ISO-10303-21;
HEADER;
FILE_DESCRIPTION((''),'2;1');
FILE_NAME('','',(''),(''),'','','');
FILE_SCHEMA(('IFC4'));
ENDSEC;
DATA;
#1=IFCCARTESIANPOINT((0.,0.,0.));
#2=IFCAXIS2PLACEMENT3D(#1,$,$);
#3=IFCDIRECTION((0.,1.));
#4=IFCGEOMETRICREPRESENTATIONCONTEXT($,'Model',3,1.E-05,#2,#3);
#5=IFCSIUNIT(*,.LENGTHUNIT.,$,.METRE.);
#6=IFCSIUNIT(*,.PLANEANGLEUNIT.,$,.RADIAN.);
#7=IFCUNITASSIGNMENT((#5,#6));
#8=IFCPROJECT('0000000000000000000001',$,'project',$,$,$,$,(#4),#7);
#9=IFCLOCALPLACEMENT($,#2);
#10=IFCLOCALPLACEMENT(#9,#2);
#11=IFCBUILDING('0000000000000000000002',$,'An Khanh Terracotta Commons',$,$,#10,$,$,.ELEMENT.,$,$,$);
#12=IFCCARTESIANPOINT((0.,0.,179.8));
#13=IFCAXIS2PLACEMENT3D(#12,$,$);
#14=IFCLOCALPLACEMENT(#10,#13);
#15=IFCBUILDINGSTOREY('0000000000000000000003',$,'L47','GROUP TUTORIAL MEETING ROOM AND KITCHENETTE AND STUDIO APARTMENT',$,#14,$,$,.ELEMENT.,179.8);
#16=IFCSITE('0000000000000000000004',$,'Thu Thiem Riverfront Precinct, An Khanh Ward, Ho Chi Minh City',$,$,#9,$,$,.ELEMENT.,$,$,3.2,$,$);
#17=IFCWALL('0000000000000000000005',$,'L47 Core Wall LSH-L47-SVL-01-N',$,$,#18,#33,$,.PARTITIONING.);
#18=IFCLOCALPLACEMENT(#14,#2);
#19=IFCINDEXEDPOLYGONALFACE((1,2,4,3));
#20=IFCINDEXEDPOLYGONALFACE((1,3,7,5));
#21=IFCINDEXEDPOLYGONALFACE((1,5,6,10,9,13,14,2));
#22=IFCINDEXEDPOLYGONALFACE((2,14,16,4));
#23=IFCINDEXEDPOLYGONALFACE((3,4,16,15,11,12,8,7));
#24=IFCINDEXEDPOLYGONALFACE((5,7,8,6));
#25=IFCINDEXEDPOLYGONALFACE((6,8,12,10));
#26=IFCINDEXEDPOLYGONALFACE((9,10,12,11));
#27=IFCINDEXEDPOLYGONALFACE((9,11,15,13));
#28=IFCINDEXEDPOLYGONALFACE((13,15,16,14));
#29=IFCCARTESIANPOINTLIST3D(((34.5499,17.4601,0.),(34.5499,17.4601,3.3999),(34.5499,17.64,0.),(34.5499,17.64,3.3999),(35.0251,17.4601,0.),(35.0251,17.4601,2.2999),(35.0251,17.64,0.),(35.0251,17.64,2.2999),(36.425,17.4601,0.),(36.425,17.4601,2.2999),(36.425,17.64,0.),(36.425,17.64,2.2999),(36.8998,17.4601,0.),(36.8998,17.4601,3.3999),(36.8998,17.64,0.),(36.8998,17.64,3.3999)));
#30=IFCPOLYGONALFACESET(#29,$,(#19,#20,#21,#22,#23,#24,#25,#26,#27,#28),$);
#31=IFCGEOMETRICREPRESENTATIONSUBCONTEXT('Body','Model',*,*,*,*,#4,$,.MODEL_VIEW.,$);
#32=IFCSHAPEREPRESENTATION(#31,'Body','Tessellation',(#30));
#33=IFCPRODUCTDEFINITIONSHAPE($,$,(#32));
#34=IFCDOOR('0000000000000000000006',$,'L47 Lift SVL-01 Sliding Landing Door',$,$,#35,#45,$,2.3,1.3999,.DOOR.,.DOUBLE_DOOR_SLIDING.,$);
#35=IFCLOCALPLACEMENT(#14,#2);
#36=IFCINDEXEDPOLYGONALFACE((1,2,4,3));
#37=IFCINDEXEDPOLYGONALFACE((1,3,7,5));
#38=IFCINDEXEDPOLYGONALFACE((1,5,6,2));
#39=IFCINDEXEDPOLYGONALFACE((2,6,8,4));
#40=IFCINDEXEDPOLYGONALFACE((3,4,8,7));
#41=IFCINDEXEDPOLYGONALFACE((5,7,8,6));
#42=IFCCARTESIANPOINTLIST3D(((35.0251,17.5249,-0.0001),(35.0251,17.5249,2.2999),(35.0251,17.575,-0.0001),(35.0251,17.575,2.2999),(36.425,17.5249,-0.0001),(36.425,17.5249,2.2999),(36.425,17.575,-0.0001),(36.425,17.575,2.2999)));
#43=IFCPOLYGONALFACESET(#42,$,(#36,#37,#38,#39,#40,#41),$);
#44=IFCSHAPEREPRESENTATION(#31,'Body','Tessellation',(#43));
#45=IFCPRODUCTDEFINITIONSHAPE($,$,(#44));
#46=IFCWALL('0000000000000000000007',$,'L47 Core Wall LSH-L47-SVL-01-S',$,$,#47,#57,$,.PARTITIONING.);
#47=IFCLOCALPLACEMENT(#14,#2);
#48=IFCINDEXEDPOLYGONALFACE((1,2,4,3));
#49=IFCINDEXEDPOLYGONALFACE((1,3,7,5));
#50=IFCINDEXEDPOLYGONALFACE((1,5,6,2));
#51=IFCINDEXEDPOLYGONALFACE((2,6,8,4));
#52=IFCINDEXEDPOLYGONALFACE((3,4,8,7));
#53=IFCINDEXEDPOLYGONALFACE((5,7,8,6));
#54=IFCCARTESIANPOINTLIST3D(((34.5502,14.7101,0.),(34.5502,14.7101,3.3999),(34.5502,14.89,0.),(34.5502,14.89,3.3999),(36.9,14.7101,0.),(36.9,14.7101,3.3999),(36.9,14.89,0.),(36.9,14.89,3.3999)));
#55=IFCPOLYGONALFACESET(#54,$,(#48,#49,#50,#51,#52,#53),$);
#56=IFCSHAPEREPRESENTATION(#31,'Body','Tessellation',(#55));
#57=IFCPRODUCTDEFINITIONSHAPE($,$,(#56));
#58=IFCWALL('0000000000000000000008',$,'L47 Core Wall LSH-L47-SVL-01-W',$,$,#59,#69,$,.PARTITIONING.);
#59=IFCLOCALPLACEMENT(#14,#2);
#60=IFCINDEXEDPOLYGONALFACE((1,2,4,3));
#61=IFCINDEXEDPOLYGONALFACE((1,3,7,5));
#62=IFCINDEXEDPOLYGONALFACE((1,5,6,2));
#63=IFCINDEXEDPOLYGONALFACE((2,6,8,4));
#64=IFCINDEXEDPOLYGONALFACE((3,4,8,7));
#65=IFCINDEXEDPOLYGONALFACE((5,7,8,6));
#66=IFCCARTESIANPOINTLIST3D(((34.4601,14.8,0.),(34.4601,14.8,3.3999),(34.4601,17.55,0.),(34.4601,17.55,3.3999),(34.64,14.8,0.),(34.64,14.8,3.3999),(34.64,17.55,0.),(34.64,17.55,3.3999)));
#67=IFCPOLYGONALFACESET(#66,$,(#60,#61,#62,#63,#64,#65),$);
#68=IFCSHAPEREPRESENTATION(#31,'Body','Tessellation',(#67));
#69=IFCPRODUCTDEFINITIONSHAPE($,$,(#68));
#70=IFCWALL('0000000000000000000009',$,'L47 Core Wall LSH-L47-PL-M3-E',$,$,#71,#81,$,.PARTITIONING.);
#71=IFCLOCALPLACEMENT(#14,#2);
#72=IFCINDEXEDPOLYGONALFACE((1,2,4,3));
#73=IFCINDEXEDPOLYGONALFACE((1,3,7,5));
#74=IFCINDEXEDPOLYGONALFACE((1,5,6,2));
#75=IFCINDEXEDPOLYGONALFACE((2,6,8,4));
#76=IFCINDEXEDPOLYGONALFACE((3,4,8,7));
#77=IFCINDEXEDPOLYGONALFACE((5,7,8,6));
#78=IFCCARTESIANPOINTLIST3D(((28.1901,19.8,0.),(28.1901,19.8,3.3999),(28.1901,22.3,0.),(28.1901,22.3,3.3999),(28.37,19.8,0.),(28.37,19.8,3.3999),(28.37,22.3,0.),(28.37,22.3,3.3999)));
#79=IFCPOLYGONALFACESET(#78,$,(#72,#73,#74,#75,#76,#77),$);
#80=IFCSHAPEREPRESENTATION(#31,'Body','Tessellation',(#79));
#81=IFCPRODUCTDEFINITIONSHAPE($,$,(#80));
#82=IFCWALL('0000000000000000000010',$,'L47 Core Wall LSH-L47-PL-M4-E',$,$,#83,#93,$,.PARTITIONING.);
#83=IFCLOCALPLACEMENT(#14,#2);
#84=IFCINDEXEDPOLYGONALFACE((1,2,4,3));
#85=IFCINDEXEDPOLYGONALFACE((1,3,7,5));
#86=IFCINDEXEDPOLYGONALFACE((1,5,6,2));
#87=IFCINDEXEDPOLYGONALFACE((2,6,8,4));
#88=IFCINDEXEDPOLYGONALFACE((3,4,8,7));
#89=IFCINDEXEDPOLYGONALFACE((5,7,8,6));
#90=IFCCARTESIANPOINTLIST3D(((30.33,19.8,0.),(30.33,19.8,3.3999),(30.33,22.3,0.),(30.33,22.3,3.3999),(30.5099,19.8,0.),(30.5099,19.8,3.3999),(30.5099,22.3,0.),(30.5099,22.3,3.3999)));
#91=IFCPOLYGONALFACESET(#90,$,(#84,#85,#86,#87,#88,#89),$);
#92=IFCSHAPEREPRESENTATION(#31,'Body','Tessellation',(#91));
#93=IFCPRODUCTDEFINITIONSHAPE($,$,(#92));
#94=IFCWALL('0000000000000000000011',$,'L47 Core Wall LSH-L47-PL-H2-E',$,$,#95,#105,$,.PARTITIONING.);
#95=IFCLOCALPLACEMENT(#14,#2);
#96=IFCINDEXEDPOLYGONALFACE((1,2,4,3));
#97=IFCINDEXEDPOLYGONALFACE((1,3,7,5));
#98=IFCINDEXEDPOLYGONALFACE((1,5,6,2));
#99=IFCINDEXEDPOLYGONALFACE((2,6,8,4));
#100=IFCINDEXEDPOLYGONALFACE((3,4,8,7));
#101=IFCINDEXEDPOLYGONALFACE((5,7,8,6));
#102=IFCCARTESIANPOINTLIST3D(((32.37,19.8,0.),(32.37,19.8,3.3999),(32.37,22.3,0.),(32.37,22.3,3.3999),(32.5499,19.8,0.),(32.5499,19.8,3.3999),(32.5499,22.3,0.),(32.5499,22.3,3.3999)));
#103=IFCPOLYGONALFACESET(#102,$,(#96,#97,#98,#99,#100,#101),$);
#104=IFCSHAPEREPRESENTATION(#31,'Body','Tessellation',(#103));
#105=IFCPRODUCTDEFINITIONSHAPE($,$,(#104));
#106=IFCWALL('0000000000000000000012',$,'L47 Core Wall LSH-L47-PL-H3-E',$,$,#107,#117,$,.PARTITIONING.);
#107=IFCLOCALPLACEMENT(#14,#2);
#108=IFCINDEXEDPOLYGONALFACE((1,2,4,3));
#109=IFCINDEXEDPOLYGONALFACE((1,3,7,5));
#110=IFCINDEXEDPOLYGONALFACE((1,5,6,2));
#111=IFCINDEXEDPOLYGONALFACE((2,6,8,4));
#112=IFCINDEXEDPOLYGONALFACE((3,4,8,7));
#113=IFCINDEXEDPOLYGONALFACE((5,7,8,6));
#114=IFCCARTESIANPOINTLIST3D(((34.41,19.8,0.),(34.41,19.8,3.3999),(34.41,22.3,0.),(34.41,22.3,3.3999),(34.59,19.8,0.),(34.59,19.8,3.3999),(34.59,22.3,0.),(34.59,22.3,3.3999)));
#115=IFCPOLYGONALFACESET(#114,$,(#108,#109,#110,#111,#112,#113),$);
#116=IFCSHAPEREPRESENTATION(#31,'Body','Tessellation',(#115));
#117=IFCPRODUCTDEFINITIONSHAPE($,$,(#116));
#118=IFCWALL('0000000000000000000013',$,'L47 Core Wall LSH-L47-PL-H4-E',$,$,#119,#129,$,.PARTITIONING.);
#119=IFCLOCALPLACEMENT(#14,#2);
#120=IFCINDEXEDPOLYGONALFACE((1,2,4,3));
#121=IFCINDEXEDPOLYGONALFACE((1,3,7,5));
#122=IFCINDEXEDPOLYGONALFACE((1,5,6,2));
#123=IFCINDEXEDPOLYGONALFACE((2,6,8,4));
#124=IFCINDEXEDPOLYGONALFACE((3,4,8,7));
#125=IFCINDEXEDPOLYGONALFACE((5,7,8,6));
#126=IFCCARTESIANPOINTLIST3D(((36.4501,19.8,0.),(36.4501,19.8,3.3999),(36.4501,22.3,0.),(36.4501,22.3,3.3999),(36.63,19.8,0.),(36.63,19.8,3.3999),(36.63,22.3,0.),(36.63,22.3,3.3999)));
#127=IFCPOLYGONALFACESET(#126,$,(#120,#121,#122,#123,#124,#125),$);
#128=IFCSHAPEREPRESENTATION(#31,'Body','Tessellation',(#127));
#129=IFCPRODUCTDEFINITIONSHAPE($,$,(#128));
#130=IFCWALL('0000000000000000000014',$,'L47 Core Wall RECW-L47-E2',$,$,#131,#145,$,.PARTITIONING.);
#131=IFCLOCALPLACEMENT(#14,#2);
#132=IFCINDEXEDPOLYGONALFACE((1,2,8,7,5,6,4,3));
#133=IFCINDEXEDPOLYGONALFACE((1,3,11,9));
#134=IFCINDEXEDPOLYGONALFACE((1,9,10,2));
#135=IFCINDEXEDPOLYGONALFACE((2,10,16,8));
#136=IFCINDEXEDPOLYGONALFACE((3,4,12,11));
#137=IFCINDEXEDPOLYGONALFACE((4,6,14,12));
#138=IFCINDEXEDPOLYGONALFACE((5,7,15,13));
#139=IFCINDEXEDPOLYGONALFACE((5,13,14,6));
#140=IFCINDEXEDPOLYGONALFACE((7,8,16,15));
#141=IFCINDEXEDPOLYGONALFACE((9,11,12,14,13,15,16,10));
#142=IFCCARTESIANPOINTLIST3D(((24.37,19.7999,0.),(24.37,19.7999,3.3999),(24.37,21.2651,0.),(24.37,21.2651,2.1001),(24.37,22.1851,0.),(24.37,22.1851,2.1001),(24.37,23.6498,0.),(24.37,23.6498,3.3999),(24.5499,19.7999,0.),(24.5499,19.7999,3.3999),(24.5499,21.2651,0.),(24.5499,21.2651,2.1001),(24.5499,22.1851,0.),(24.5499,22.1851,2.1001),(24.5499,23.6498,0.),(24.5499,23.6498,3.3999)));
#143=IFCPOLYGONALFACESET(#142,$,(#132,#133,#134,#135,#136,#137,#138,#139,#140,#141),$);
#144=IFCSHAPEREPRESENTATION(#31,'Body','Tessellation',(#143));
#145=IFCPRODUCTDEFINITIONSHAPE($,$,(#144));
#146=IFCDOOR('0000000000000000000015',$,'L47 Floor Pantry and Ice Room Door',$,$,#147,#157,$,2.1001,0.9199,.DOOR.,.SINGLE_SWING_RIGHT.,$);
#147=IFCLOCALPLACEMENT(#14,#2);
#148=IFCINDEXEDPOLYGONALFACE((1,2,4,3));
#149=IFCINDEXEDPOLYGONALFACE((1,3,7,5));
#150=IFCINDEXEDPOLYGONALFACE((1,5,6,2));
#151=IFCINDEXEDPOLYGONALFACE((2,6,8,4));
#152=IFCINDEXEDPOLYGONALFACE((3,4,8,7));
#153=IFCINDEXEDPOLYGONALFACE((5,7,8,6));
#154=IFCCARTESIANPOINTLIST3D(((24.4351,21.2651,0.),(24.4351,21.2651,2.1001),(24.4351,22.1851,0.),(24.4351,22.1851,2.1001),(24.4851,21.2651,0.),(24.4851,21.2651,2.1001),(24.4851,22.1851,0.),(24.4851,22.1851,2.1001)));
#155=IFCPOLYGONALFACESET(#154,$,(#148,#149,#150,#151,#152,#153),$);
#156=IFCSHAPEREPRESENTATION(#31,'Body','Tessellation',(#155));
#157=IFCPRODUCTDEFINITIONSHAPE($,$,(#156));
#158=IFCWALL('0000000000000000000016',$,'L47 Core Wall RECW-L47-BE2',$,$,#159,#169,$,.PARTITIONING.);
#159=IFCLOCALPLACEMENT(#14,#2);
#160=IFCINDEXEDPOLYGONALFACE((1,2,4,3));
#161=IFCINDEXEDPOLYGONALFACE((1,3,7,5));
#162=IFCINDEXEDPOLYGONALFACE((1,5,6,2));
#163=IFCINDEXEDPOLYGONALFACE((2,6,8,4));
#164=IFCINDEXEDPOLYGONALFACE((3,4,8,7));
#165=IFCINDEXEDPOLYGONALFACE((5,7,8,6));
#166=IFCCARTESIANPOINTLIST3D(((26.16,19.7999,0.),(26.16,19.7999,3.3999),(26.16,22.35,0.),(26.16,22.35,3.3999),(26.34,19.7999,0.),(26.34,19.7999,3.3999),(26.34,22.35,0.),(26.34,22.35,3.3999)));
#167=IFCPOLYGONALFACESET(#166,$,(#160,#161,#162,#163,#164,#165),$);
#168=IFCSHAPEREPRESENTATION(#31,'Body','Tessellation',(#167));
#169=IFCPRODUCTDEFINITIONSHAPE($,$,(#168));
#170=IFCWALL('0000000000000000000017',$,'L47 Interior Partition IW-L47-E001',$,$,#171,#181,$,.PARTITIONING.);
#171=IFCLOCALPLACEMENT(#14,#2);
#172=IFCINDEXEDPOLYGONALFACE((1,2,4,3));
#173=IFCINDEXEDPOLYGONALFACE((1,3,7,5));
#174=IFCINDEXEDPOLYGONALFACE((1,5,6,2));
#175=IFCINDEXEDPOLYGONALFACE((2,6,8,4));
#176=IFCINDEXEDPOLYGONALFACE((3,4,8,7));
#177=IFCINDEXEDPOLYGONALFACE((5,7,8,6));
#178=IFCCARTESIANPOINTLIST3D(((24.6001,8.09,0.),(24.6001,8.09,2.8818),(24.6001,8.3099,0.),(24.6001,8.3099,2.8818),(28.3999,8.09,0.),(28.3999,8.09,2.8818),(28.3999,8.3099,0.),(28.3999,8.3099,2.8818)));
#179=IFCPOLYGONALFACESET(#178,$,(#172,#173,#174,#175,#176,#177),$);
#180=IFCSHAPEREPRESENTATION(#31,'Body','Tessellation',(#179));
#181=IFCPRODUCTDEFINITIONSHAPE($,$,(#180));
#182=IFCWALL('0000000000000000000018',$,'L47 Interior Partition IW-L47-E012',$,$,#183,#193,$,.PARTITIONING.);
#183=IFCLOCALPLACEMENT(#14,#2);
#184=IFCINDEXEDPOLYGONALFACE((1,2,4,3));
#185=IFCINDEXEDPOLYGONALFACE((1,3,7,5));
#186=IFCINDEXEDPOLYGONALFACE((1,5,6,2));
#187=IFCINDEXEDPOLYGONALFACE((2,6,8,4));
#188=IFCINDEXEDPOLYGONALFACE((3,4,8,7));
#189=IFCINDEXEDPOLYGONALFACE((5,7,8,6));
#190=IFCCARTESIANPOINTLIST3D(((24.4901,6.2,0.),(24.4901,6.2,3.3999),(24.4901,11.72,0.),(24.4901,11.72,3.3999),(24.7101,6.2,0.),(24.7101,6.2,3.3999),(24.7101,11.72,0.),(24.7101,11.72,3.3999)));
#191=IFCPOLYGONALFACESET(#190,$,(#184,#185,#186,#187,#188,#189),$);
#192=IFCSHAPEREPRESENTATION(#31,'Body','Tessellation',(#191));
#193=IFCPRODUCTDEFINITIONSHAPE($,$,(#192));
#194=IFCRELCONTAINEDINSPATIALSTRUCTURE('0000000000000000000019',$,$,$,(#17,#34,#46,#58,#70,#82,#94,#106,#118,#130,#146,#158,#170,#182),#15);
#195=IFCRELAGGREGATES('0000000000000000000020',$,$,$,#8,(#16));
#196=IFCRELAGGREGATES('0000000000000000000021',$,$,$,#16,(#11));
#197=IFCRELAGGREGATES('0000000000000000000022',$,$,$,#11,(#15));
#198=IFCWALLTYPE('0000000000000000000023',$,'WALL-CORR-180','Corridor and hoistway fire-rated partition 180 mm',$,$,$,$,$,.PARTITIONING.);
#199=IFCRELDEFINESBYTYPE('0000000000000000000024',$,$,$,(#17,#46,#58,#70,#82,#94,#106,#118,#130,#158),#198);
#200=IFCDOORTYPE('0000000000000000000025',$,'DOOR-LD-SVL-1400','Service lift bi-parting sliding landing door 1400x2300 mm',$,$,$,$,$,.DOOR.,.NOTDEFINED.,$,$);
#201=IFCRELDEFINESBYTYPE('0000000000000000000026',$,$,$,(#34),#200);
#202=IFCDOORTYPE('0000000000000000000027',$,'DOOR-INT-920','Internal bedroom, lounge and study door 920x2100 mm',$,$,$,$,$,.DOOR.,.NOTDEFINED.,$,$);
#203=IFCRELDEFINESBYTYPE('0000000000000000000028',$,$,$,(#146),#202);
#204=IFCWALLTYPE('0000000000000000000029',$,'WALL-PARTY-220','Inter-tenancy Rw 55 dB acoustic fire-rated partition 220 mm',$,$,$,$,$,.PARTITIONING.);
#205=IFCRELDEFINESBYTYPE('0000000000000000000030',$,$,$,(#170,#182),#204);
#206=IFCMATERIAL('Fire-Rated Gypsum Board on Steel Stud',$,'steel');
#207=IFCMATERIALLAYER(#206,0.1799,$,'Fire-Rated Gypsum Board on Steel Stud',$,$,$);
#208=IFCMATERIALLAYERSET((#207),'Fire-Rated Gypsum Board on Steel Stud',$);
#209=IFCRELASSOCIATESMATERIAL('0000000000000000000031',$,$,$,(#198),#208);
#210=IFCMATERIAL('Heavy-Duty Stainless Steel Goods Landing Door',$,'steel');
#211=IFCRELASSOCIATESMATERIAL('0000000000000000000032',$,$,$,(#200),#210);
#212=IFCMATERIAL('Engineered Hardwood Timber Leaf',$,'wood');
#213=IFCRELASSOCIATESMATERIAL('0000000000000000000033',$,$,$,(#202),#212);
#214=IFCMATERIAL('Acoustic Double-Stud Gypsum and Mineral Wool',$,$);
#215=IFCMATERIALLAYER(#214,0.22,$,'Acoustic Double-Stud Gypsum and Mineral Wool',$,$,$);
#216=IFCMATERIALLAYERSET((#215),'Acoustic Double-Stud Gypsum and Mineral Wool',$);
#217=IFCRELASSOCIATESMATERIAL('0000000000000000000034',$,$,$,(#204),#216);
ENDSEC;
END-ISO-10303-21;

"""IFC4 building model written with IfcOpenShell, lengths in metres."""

from ifc_helpers import new_model, si_unit, direction, frame, frame_2d, origin, place, context, subcontext, project, spatial, rectangle, extrude, material, layer, layer_set, type_object, element, fill, save


model = new_model("IFC4")

# Units and contexts
model_context = context("Model", 3, precision=1e-05, world=origin(), true_north=direction((0.0, 1.0)))
body_context = subcontext(model_context, "Body", "Model", "MODEL_VIEW")
ifc_project = project(units=[si_unit("LENGTHUNIT", "METRE"), si_unit("PLANEANGLEUNIT", "RADIAN")], contexts=[model_context])

# Site, building, storey
site_placement = place(None, origin())
site = spatial("IfcSite", under=ifc_project, at=site_placement, Name="Thu Thiem Riverfront Precinct, An Khanh Ward, Ho Chi Minh City", CompositionType="ELEMENT", RefElevation=3.2)
building_placement = place(site_placement, origin())
building = spatial("IfcBuilding", under=site, at=building_placement, Name="An Khanh Terracotta Commons", CompositionType="ELEMENT")
storey_placement = place(building_placement, frame((0.0, 0.0, 179.8)))
storey = spatial("IfcBuildingStorey", under=building, at=storey_placement, Name="L47", Description="GROUP TUTORIAL MEETING ROOM AND KITCHENETTE AND STUDIO APARTMENT", CompositionType="ELEMENT", Elevation=179.8)

# Shared definitions
ifc_material_1 = material(Name="Fire-Rated Gypsum Board on Steel Stud", Category="steel")
ifc_layer_1 = layer(ifc_material_1, 0.1799, Name="Fire-Rated Gypsum Board on Steel Stud")
ifc_layer_set_1 = layer_set([ifc_layer_1], Name="Fire-Rated Gypsum Board on Steel Stud")
wall_type_1 = type_object("IfcWallType", Name="WALL-CORR-180", Description="Corridor and hoistway fire-rated partition 180 mm", PredefinedType="PARTITIONING", material=ifc_layer_set_1)

# Wall, opening, door
wall_1_placement = place(storey_placement, frame((34.55, 17.55, 0.0), z_axis=(0.0, 0.0, 1.0), x_axis=(1.0, 0.0, 0.0)))
wall_1 = element("IfcWall", 1, at=wall_1_placement, inside=storey, type_object=wall_type_1, Name="L47 Core Wall LSH-L47-SVL-01-N", PredefinedType="PARTITIONING", context=body_context, shape_type="SweptSolid", body=[
    extrude(rectangle(XDim=2.3499, YDim=0.1799, at=frame_2d((1.1748, 0.0))), origin(), (0.0, 0.0, 1.0), 3.3999),
])
opening_1_placement = place(wall_1_placement, frame((0.4751, 0.0, 0.0)))
opening_1 = element("IfcOpeningElement", 2, at=opening_1_placement, cuts=wall_1, PredefinedType="OPENING", context=body_context, shape_type="SweptSolid", body=[
    extrude(rectangle(XDim=1.3999, YDim=2.3, at=frame_2d((0.7, 1.1499))), frame((0.0, 0.0999, 0.0), z_axis=(0.0, -1.0, 0.0), x_axis=(1.0, 0.0, 0.0)), (0.0, 0.0, 1.0), 0.2),
])
ifc_material_2 = material(Name="Heavy-Duty Stainless Steel Goods Landing Door", Category="steel")
door_type_1 = type_object("IfcDoorType", Name="DOOR-LD-SVL-1400", Description="Service lift bi-parting sliding landing door 1400x2300 mm", OperationType="NOTDEFINED", PredefinedType="DOOR", material=ifc_material_2)
door_1_placement = place(opening_1_placement, origin())
door_1 = element("IfcDoor", 3, at=door_1_placement, inside=storey, type_object=door_type_1, Name="L47 Lift SVL-01 Sliding Landing Door", OperationType="DOUBLE_DOOR_SLIDING", OverallHeight=2.3, OverallWidth=1.3999, PredefinedType="DOOR", context=body_context, shape_type="SweptSolid", body=[
    extrude(rectangle(XDim=1.3999, YDim=2.3, at=frame_2d((0.7, 1.1499))), frame((0.0, 0.0249, 0.0), z_axis=(0.0, -1.0, 0.0), x_axis=(1.0, 0.0, 0.0)), (0.0, 0.0, 1.0), 0.05),
])
fill(opening_1, door_1)

# Walls
wall_2_placement = place(storey_placement, frame((36.8999, 14.8, 0.0), z_axis=(0.0, 0.0, 1.0), x_axis=(-1.0, 0.0, 0.0)))
element("IfcWall", 4, at=wall_2_placement, inside=storey, type_object=wall_type_1, Name="L47 Core Wall LSH-L47-SVL-01-S", PredefinedType="PARTITIONING", context=body_context, shape_type="SweptSolid", body=[
    extrude(rectangle(XDim=2.3499, YDim=0.1799, at=frame_2d((1.1748, 0.0))), origin(), (0.0, 0.0, 1.0), 3.3999),
])
wall_3_placement = place(storey_placement, frame((34.55, 17.55, 0.0), z_axis=(0.0, 0.0, 1.0), x_axis=(0.0, -1.0, 0.0)))
element("IfcWall", 5, at=wall_3_placement, inside=storey, type_object=wall_type_1, Name="L47 Core Wall LSH-L47-SVL-01-W", PredefinedType="PARTITIONING", context=body_context, shape_type="SweptSolid", body=[
    extrude(rectangle(XDim=2.75, YDim=0.1799, at=frame_2d((1.375, 0.0))), origin(), (0.0, 0.0, 1.0), 3.3999),
])
for number, where, z_axis, x_axis, name in (
    (6, (28.28, 19.8, 0.0), (0.0, 0.0, 1.0), (0.0, 1.0, 0.0), "L47 Core Wall LSH-L47-PL-M3-E"),
    (7, (30.4199, 19.8, 0.0), (0.0, 0.0, 1.0), (0.0, 1.0, 0.0), "L47 Core Wall LSH-L47-PL-M4-E"),
    (8, (32.46, 19.8, 0.0), (0.0, 0.0, 1.0), (0.0, 1.0, 0.0), "L47 Core Wall LSH-L47-PL-H2-E"),
    (9, (34.5, 19.8, 0.0), (0.0, 0.0, 1.0), (0.0, 1.0, 0.0), "L47 Core Wall LSH-L47-PL-H3-E"),
    (10, (36.54, 19.8, 0.0), (0.0, 0.0, 1.0), (0.0, 1.0, 0.0), "L47 Core Wall LSH-L47-PL-H4-E"),
):
    element("IfcWall", number, at=place(storey_placement, frame(where, z_axis=z_axis, x_axis=x_axis)), inside=storey, type_object=wall_type_1, Name=name, PredefinedType="PARTITIONING", context=body_context, shape_type="SweptSolid", body=[
        extrude(rectangle(XDim=2.5, YDim=0.1799, at=frame_2d((1.25, 0.0))), origin(), (0.0, 0.0, 1.0), 3.3999),
    ])

# Wall, opening, door
wall_4_placement = place(storey_placement, frame((24.46, 19.8, 0.0), z_axis=(0.0, 0.0, 1.0), x_axis=(0.0, 1.0, 0.0)))
wall_4 = element("IfcWall", 11, at=wall_4_placement, inside=storey, type_object=wall_type_1, Name="L47 Core Wall RECW-L47-E2", PredefinedType="PARTITIONING", context=body_context, shape_type="SweptSolid", body=[
    extrude(rectangle(XDim=3.8499, YDim=0.1799, at=frame_2d((1.9248, 0.0))), origin(), (0.0, 0.0, 1.0), 3.3999),
])
opening_2_placement = place(wall_4_placement, frame((1.4651, 0.0, 0.0)))
opening_2 = element("IfcOpeningElement", 12, at=opening_2_placement, cuts=wall_4, PredefinedType="OPENING", context=body_context, shape_type="SweptSolid", body=[
    extrude(rectangle(XDim=0.9199, YDim=2.1001, at=frame_2d((0.46, 1.05))), frame((0.0, 0.0999, 0.0), z_axis=(0.0, -1.0, 0.0), x_axis=(1.0, 0.0, 0.0)), (0.0, 0.0, 1.0), 0.2),
])
ifc_material_3 = material(Name="Engineered Hardwood Timber Leaf", Category="wood")
door_type_2 = type_object("IfcDoorType", Name="DOOR-INT-920", Description="Internal bedroom, lounge and study door 920x2100 mm", OperationType="NOTDEFINED", PredefinedType="DOOR", material=ifc_material_3)
door_2_placement = place(opening_2_placement, origin())
door_2 = element("IfcDoor", 13, at=door_2_placement, inside=storey, type_object=door_type_2, Name="L47 Floor Pantry and Ice Room Door", OperationType="SINGLE_SWING_RIGHT", OverallHeight=2.1001, OverallWidth=0.9199, PredefinedType="DOOR", context=body_context, shape_type="SweptSolid", body=[
    extrude(rectangle(XDim=0.9199, YDim=2.1001, at=frame_2d((0.46, 1.05))), frame((0.0, 0.0249, 0.0), z_axis=(0.0, -1.0, 0.0), x_axis=(1.0, 0.0, 0.0)), (0.0, 0.0, 1.0), 0.05),
])
fill(opening_2, door_2)

# Walls
wall_5_placement = place(storey_placement, frame((26.25, 19.8, 0.0), z_axis=(0.0, 0.0, 1.0), x_axis=(0.0, 1.0, 0.0)))
element("IfcWall", 14, at=wall_5_placement, inside=storey, type_object=wall_type_1, Name="L47 Core Wall RECW-L47-BE2", PredefinedType="PARTITIONING", context=body_context, shape_type="SweptSolid", body=[
    extrude(rectangle(XDim=2.55, YDim=0.1799, at=frame_2d((1.2749, 0.0))), origin(), (0.0, 0.0, 1.0), 3.3999),
])
ifc_material_4 = material(Name="Acoustic Double-Stud Gypsum and Mineral Wool")
ifc_layer_2 = layer(ifc_material_4, 0.22, Name="Acoustic Double-Stud Gypsum and Mineral Wool")
ifc_layer_set_2 = layer_set([ifc_layer_2], Name="Acoustic Double-Stud Gypsum and Mineral Wool")
wall_type_2 = type_object("IfcWallType", Name="WALL-PARTY-220", Description="Inter-tenancy Rw 55 dB acoustic fire-rated partition 220 mm", PredefinedType="PARTITIONING", material=ifc_layer_set_2)
wall_6_placement = place(storey_placement, frame((24.6001, 8.2, 0.0), z_axis=(0.0, 0.0, 1.0), x_axis=(1.0, 0.0, 0.0)))
element("IfcWall", 15, at=wall_6_placement, inside=storey, type_object=wall_type_2, Name="L47 Interior Partition IW-L47-E001", PredefinedType="PARTITIONING", context=body_context, shape_type="SweptSolid", body=[
    extrude(rectangle(XDim=3.7998, YDim=0.22, at=frame_2d((1.8999, 0.0))), origin(), (0.0, 0.0, 1.0), 2.8818),
])
for number, where, z_axis, x_axis, name in (
    (16, (24.6001, 6.2, 0.0), (0.0, 0.0, 1.0), (0.0, 1.0, 0.0), "L47 Interior Partition IW-L47-E012"),
):
    element("IfcWall", number, at=place(storey_placement, frame(where, z_axis=z_axis, x_axis=x_axis)), inside=storey, type_object=wall_type_2, Name=name, PredefinedType="PARTITIONING", context=body_context, shape_type="SweptSolid", body=[
        extrude(rectangle(XDim=5.52, YDim=0.22, at=frame_2d((2.76, 0.0))), origin(), (0.0, 0.0, 1.0), 3.3999),
    ])

save(model, "model.ifc")
